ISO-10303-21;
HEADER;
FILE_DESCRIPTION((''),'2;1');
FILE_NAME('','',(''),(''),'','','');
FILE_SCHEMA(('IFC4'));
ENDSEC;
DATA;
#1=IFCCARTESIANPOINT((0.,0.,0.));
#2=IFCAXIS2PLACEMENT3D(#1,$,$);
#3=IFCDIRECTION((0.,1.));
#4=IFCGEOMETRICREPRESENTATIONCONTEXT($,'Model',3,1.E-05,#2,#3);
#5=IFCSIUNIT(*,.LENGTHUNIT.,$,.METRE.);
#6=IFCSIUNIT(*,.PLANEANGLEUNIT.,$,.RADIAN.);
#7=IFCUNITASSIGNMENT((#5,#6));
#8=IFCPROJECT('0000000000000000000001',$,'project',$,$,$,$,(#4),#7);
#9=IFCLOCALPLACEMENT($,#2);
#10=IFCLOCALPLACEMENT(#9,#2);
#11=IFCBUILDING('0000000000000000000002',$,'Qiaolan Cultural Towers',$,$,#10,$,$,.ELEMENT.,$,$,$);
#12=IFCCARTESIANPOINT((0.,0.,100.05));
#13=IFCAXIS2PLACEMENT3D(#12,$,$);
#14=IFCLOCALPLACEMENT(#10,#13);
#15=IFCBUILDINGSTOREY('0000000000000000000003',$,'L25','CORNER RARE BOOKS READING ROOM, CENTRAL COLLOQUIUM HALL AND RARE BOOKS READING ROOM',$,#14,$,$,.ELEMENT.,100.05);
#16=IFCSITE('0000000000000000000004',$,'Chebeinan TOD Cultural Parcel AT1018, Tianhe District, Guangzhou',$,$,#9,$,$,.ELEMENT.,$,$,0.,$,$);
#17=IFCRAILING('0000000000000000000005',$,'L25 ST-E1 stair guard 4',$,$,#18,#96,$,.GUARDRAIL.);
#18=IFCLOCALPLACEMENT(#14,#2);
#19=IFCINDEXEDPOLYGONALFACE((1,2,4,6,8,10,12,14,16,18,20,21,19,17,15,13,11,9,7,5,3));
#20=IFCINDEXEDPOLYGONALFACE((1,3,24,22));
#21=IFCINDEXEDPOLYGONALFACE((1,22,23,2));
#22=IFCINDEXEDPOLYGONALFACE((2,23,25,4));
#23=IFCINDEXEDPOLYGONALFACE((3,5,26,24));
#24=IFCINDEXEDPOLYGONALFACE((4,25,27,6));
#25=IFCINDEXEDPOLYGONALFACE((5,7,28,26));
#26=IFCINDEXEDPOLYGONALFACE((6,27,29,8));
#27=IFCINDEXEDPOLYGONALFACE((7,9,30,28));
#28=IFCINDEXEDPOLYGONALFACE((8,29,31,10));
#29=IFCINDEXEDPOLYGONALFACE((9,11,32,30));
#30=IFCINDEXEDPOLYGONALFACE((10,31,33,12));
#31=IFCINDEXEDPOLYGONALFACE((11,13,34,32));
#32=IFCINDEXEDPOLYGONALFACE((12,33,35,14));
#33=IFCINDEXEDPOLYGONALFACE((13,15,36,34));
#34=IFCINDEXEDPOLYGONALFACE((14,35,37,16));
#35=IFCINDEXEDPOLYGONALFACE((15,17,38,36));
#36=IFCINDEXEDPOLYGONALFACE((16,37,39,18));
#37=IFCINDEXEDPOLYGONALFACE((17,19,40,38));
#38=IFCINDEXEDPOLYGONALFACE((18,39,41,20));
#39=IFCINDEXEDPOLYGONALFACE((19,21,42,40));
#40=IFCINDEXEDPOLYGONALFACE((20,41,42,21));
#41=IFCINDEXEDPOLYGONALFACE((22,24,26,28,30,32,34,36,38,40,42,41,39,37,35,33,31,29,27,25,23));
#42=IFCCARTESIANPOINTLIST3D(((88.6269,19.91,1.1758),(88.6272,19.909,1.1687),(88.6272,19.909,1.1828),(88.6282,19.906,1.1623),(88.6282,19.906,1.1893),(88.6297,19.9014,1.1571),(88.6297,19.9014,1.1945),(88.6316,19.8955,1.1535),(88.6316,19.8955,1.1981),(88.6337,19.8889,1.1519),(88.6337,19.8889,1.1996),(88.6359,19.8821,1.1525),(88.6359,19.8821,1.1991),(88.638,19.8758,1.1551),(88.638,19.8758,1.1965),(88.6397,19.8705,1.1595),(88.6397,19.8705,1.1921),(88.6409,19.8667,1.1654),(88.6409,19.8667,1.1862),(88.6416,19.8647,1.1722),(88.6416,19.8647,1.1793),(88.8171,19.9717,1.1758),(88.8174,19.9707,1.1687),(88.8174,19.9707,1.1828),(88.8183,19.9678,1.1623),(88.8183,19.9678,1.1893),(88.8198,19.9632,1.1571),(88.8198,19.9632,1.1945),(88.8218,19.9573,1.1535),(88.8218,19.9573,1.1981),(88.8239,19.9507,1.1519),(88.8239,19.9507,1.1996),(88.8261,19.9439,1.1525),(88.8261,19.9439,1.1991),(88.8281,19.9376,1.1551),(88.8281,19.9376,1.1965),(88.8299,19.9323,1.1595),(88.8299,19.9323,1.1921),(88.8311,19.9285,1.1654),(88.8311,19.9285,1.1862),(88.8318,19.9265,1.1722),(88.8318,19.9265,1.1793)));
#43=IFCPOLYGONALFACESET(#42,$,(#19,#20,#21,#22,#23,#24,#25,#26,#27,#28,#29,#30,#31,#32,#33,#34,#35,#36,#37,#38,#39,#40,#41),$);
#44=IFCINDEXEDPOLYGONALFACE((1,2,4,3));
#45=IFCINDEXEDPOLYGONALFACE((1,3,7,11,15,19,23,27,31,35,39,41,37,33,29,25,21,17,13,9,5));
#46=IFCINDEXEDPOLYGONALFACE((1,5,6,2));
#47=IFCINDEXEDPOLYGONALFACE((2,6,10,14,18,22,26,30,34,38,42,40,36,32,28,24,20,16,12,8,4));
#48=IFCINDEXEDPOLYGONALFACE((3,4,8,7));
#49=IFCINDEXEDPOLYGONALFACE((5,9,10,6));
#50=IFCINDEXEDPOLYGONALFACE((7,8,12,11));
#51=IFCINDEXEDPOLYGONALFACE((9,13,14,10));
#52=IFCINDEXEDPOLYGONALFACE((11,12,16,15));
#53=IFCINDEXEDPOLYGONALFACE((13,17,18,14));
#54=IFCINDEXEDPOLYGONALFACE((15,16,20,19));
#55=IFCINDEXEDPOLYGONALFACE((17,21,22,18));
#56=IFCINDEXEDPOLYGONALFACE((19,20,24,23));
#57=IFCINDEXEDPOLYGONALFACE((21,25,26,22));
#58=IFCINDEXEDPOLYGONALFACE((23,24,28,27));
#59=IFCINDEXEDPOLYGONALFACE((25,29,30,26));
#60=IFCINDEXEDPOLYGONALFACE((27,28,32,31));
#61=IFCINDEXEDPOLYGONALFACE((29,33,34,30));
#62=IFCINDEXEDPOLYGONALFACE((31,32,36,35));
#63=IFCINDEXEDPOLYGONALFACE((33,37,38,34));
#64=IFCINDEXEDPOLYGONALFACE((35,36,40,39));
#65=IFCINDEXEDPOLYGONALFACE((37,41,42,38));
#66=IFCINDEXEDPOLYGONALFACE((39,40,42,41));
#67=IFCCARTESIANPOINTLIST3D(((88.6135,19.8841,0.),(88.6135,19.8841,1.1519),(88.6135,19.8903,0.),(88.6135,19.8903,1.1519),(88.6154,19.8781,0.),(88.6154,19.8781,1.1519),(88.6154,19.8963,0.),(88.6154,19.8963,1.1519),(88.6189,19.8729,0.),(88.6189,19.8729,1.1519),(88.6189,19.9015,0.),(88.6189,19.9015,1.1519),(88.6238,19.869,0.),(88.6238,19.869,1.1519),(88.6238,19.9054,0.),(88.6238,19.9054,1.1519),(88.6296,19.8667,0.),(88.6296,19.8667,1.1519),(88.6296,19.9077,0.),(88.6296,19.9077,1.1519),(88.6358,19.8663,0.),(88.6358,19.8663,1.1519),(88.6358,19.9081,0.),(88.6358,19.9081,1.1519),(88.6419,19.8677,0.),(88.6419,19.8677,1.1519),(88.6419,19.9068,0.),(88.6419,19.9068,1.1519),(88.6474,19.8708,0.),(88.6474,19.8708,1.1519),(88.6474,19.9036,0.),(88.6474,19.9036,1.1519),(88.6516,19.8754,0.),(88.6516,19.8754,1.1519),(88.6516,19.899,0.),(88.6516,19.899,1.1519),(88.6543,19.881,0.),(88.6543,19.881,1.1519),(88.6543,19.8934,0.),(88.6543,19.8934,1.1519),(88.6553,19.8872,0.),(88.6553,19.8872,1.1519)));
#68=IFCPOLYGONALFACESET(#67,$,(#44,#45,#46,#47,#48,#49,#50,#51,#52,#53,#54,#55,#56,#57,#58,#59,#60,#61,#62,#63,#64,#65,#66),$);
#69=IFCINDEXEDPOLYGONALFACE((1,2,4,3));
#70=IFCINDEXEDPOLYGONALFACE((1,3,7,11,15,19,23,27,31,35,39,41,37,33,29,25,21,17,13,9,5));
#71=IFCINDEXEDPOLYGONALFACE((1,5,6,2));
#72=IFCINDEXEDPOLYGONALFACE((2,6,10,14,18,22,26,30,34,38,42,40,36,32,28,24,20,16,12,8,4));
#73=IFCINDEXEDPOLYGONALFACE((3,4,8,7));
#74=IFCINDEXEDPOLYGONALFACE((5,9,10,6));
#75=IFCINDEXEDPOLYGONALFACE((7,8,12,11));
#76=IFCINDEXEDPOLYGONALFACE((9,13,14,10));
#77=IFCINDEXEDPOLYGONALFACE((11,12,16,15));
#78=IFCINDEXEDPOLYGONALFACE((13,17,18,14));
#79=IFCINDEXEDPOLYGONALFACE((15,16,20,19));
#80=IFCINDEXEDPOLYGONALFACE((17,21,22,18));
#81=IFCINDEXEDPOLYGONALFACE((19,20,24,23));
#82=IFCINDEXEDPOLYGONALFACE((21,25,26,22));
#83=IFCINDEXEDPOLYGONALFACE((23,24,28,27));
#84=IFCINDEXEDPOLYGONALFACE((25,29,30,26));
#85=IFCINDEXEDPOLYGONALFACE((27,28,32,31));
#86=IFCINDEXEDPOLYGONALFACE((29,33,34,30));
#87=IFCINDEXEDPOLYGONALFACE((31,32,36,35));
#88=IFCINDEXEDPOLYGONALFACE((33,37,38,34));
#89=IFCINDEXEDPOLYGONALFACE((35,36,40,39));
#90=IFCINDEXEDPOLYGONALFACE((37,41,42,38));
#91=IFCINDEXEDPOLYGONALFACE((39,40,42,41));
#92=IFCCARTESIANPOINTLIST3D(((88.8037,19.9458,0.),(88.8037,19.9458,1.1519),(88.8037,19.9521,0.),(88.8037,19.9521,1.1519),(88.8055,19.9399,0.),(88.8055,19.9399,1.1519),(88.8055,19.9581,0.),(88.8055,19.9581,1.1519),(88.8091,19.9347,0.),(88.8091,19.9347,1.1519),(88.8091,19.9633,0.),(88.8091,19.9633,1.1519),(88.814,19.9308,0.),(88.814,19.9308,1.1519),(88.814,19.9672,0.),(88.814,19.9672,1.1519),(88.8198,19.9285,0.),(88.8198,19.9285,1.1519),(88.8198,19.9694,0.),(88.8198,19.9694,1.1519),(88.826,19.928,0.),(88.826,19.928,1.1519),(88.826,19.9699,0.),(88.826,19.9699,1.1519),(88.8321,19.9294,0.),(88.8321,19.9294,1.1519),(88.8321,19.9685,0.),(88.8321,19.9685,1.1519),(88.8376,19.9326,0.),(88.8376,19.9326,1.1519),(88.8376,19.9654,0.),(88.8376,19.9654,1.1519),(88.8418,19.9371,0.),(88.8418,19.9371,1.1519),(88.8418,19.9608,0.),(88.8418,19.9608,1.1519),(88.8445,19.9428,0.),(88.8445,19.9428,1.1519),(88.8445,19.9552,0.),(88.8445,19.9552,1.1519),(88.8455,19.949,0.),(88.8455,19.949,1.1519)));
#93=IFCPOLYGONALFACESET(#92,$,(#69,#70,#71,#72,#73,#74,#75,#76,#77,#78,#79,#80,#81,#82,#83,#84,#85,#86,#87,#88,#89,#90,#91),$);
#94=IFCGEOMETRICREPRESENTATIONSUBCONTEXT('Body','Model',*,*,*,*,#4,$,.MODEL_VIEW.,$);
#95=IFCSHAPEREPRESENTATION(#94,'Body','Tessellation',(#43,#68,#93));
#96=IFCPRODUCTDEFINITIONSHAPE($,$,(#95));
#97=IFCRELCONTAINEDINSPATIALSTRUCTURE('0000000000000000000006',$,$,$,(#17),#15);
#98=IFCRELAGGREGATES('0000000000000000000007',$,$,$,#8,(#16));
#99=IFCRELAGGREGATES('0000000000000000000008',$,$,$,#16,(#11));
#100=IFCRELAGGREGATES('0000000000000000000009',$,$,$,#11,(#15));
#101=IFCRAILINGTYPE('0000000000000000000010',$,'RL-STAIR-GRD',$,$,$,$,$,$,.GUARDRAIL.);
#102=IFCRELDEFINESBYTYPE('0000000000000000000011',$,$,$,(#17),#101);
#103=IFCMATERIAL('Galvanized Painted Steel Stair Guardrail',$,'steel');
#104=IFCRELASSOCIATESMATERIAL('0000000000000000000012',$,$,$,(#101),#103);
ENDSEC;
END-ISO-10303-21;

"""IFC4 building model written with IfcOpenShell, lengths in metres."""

from ifc_helpers import new_model, si_unit, direction, frame, origin, origin_2d, place, context, subcontext, project, spatial, circle, extrude, material, type_object, element, save


model = new_model("IFC4")

# Units and contexts
model_context = context("Model", 3, precision=1e-05, world=origin(), true_north=direction((0.0, 1.0)))
body_context = subcontext(model_context, "Body", "Model", "MODEL_VIEW")
ifc_project = project(units=[si_unit("LENGTHUNIT", "METRE"), si_unit("PLANEANGLEUNIT", "RADIAN")], contexts=[model_context])

# Site, building, storey
site_placement = place(None, origin())
site = spatial("IfcSite", under=ifc_project, at=site_placement, Name="Chebeinan TOD Cultural Parcel AT1018, Tianhe District, Guangzhou", CompositionType="ELEMENT", RefElevation=0.0)
building_placement = place(site_placement, origin())
building = spatial("IfcBuilding", under=site, at=building_placement, Name="Qiaolan Cultural Towers", CompositionType="ELEMENT")
storey_placement = place(building_placement, frame((0.0, 0.0, 100.05)))
storey = spatial("IfcBuildingStorey", under=building, at=storey_placement, Name="L25", Description="CORNER RARE BOOKS READING ROOM, CENTRAL COLLOQUIUM HALL AND RARE BOOKS READING ROOM", CompositionType="ELEMENT", Elevation=100.05)

# Railing
ifc_material_1 = material(Name="Galvanized Painted Steel Stair Guardrail", Category="steel")
railing_type_1 = type_object("IfcRailingType", Name="RL-STAIR-GRD", PredefinedType="GUARDRAIL", material=ifc_material_1)
railing_1_placement = place(storey_placement, frame((88.6343, 19.8872, 0.0)))
element("IfcRailing", 1, at=railing_1_placement, inside=storey, type_object=railing_type_1, Name="L25 ST-E1 stair guard 4", PredefinedType="GUARDRAIL", context=body_context, shape_type="SweptSolid", body=[
    extrude(circle(Radius=0.0239, at=origin_2d()), frame((0.0, 0.0, 1.1758), z_axis=(0.951097, 0.308893, 0.0), x_axis=(-0.308893, 0.951097, 0.0)), (0.0, 0.0, 1.0), 0.2),
    extrude(circle(Radius=0.021, at=origin_2d()), origin(), (0.0, 0.0, 1.0), 1.1519),
    extrude(circle(Radius=0.021, at=origin_2d()), frame((0.1902, 0.0618, 0.0)), (0.0, 0.0, 1.0), 1.1519),
])

save(model, "model.ifc")
